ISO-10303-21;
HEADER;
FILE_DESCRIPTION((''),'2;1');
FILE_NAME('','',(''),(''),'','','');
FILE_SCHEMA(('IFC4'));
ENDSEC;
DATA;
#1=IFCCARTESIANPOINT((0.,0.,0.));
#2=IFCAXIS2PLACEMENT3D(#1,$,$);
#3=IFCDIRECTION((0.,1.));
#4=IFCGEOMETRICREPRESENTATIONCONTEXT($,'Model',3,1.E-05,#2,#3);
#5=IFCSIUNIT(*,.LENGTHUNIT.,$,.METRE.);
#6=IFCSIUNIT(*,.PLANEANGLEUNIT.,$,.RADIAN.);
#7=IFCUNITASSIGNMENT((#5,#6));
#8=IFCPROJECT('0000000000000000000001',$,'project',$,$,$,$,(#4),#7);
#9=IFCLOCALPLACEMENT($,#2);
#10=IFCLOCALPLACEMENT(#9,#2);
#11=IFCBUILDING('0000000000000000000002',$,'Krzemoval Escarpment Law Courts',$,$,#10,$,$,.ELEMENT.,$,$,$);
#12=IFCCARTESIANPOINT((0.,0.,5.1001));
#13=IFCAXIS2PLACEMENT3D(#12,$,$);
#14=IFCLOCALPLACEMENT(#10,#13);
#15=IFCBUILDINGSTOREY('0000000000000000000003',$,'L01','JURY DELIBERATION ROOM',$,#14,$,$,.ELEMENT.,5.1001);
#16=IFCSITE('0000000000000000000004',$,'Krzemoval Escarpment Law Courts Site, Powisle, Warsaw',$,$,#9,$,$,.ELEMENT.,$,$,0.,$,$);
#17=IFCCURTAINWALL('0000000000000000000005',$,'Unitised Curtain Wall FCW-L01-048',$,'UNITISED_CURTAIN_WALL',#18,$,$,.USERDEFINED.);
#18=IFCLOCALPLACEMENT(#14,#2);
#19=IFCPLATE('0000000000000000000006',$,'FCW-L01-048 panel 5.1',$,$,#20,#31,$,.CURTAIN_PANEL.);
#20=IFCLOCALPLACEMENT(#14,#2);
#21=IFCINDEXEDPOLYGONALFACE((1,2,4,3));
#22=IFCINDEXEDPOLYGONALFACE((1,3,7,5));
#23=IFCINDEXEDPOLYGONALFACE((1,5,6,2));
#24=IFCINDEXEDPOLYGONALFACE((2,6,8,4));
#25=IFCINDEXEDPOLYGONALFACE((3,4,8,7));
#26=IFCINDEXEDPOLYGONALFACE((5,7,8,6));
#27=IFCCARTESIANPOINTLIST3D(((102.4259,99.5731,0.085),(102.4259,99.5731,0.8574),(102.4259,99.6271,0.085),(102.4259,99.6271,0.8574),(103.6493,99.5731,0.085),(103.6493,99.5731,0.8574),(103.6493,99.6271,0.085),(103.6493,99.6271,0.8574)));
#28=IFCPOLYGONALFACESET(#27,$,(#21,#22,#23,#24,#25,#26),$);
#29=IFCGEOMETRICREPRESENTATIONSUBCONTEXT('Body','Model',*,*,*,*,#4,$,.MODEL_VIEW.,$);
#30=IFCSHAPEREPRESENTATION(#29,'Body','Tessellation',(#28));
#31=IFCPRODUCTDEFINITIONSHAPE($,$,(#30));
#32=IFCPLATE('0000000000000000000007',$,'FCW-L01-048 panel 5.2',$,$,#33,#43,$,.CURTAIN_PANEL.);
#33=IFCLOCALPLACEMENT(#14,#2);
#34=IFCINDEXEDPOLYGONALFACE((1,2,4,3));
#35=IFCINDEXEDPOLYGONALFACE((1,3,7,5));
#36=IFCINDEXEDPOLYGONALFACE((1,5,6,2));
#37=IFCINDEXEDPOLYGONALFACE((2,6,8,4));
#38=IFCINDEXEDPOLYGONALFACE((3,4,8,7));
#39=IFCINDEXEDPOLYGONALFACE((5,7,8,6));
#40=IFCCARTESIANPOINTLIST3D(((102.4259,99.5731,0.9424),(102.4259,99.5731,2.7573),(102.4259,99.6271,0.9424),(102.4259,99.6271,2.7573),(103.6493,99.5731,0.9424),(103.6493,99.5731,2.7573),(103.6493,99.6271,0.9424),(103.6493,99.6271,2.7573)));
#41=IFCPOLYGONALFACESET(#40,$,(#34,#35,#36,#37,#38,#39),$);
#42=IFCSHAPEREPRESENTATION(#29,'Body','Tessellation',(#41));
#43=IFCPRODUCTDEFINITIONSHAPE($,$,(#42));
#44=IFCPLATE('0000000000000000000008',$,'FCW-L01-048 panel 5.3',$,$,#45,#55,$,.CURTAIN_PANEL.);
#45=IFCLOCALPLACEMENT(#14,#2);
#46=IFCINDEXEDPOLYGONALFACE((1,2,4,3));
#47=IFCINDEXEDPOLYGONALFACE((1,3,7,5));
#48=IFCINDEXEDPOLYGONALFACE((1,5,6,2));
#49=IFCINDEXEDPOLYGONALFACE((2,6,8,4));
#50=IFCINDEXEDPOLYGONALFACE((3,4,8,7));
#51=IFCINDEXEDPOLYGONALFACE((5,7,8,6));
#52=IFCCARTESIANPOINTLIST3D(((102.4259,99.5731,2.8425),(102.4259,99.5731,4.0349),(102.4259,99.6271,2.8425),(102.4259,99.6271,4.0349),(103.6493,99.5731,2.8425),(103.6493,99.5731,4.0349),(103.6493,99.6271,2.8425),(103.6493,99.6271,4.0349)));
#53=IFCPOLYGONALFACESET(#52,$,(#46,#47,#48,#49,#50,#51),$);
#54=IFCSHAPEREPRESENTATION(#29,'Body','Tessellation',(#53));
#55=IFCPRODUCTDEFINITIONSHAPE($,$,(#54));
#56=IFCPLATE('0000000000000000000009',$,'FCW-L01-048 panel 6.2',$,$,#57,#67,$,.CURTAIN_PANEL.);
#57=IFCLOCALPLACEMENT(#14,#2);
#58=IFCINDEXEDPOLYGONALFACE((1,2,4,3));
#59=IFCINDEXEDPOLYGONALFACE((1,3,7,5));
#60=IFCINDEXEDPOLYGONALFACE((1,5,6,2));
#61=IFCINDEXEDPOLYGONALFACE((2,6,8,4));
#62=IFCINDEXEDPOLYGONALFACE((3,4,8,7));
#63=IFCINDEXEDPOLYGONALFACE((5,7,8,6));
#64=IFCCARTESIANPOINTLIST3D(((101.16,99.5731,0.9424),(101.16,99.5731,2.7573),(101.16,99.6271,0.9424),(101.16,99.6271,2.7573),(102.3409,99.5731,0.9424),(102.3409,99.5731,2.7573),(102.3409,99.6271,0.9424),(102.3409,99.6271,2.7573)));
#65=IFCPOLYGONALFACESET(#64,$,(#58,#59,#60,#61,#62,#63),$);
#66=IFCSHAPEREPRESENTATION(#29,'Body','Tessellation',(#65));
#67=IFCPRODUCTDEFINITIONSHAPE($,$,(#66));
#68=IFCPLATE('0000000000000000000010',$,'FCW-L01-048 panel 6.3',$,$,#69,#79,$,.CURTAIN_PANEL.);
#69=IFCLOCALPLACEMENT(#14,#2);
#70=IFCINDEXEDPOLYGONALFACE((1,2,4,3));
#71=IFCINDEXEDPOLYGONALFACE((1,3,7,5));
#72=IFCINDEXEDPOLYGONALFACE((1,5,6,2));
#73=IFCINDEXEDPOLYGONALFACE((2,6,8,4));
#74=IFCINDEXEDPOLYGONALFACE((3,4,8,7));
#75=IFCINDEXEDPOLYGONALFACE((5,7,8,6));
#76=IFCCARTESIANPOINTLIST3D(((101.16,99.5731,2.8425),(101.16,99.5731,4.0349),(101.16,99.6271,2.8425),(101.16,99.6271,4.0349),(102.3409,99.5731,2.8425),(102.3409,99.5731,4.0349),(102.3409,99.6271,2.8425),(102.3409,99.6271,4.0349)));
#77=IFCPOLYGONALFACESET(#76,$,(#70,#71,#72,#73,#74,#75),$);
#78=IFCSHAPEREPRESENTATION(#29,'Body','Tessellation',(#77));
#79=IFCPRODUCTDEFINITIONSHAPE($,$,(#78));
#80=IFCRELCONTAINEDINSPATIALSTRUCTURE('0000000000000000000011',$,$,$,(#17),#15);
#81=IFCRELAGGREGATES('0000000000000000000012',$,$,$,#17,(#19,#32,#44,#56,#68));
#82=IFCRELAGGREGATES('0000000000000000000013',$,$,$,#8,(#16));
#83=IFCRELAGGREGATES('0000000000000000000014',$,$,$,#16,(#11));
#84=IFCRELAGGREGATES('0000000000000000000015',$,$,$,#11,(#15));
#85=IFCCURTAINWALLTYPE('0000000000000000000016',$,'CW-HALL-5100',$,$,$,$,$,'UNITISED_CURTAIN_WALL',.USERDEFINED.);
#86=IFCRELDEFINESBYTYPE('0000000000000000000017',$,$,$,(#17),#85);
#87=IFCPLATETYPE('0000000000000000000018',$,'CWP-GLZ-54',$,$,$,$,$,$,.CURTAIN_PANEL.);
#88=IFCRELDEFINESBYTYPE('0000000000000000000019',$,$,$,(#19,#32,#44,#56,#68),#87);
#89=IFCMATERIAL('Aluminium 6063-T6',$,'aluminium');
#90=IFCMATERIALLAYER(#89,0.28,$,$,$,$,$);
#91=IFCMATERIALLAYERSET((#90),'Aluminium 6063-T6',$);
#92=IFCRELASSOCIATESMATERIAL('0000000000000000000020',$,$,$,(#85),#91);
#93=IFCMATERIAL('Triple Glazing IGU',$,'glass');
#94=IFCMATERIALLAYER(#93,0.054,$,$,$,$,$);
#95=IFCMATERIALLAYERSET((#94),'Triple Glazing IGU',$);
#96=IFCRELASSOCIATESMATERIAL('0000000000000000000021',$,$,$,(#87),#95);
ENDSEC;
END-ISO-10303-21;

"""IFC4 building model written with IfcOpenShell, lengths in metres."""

from ifc_helpers import new_model, si_unit, direction, frame, origin, origin_2d, place, context, subcontext, project, spatial, rectangle, extrude, material, layer, layer_set, type_object, element, aggregate, save


model = new_model("IFC4")

# Units and contexts
model_context = context("Model", 3, precision=1e-05, world=origin(), true_north=direction((0.0, 1.0)))
body_context = subcontext(model_context, "Body", "Model", "MODEL_VIEW")
ifc_project = project(units=[si_unit("LENGTHUNIT", "METRE"), si_unit("PLANEANGLEUNIT", "RADIAN")], contexts=[model_context])

# Site, building, storey
site_placement = place(None, origin())
site = spatial("IfcSite", under=ifc_project, at=site_placement, Name="Krzemoval Escarpment Law Courts Site, Powisle, Warsaw", CompositionType="ELEMENT", RefElevation=0.0)
building_placement = place(site_placement, origin())
building = spatial("IfcBuilding", under=site, at=building_placement, Name="Krzemoval Escarpment Law Courts", CompositionType="ELEMENT")
storey_placement = place(building_placement, frame((0.0, 0.0, 5.1001)))
storey = spatial("IfcBuildingStorey", under=building, at=storey_placement, Name="L01", Description="JURY DELIBERATION ROOM", CompositionType="ELEMENT", Elevation=5.1001)

# Curtain wall
ifc_material_1 = material(Name="Aluminium 6063-T6", Category="aluminium")
ifc_layer_1 = layer(ifc_material_1, 0.28)
ifc_layer_set_1 = layer_set([ifc_layer_1], Name="Aluminium 6063-T6")
curtain_wall_type = type_object("IfcCurtainWallType", Name="CW-HALL-5100", ElementType="UNITISED_CURTAIN_WALL", PredefinedType="USERDEFINED", material=ifc_layer_set_1)
curtain_wall_placement = place(storey_placement, origin())
curtain_wall = element("IfcCurtainWall", 1, at=curtain_wall_placement, inside=storey, type_object=curtain_wall_type, Name="Unitised Curtain Wall FCW-L01-048", ObjectType="UNITISED_CURTAIN_WALL", PredefinedType="USERDEFINED")

# Plates
ifc_material_2 = material(Name="Triple Glazing IGU", Category="glass")
ifc_layer_2 = layer(ifc_material_2, 0.054)
ifc_layer_set_2 = layer_set([ifc_layer_2], Name="Triple Glazing IGU")
plate_type = type_object("IfcPlateType", Name="CWP-GLZ-54", PredefinedType="CURTAIN_PANEL", material=ifc_layer_set_2)
plate_1_placement = place(storey_placement, frame((103.0376, 99.6001, 0.085), z_axis=(0.0, 0.0, 1.0), x_axis=(-1.0, 0.0, 0.0)))
plate_1 = element("IfcPlate", 2, at=plate_1_placement, type_object=plate_type, Name="FCW-L01-048 panel 5.1", PredefinedType="CURTAIN_PANEL", context=body_context, shape_type="SweptSolid", body=[
    extrude(rectangle(XDim=1.2234, YDim=0.054, at=origin_2d()), origin(), (0.0, 0.0, 1.0), 0.7725),
])
plate_2_placement = place(storey_placement, frame((103.0376, 99.6001, 0.9424), z_axis=(0.0, 0.0, 1.0), x_axis=(-1.0, 0.0, 0.0)))
plate_2 = element("IfcPlate", 3, at=plate_2_placement, type_object=plate_type, Name="FCW-L01-048 panel 5.2", PredefinedType="CURTAIN_PANEL", context=body_context, shape_type="SweptSolid", body=[
    extrude(rectangle(XDim=1.2234, YDim=0.054, at=origin_2d()), origin(), (0.0, 0.0, 1.0), 1.8149),
])
plate_3_placement = place(storey_placement, frame((103.0376, 99.6001, 2.8425), z_axis=(0.0, 0.0, 1.0), x_axis=(-1.0, 0.0, 0.0)))
plate_3 = element("IfcPlate", 4, at=plate_3_placement, type_object=plate_type, Name="FCW-L01-048 panel 5.3", PredefinedType="CURTAIN_PANEL", context=body_context, shape_type="SweptSolid", body=[
    extrude(rectangle(XDim=1.2234, YDim=0.054, at=origin_2d()), origin(), (0.0, 0.0, 1.0), 1.1924),
])
plate_4_placement = place(storey_placement, frame((101.7505, 99.6001, 0.9424), z_axis=(0.0, 0.0, 1.0), x_axis=(-1.0, 0.0, 0.0)))
plate_4 = element("IfcPlate", 5, at=plate_4_placement, type_object=plate_type, Name="FCW-L01-048 panel 6.2", PredefinedType="CURTAIN_PANEL", context=body_context, shape_type="SweptSolid", body=[
    extrude(rectangle(XDim=1.1809, YDim=0.054, at=origin_2d()), origin(), (0.0, 0.0, 1.0), 1.8149),
])
plate_5_placement = place(storey_placement, frame((101.7505, 99.6001, 2.8425), z_axis=(0.0, 0.0, 1.0), x_axis=(-1.0, 0.0, 0.0)))
plate_5 = element("IfcPlate", 6, at=plate_5_placement, type_object=plate_type, Name="FCW-L01-048 panel 6.3", PredefinedType="CURTAIN_PANEL", context=body_context, shape_type="SweptSolid", body=[
    extrude(rectangle(XDim=1.1809, YDim=0.054, at=origin_2d()), origin(), (0.0, 0.0, 1.0), 1.1924),
])
aggregate(curtain_wall, [plate_1, plate_2, plate_3, plate_4, plate_5])

save(model, "model.ifc")
